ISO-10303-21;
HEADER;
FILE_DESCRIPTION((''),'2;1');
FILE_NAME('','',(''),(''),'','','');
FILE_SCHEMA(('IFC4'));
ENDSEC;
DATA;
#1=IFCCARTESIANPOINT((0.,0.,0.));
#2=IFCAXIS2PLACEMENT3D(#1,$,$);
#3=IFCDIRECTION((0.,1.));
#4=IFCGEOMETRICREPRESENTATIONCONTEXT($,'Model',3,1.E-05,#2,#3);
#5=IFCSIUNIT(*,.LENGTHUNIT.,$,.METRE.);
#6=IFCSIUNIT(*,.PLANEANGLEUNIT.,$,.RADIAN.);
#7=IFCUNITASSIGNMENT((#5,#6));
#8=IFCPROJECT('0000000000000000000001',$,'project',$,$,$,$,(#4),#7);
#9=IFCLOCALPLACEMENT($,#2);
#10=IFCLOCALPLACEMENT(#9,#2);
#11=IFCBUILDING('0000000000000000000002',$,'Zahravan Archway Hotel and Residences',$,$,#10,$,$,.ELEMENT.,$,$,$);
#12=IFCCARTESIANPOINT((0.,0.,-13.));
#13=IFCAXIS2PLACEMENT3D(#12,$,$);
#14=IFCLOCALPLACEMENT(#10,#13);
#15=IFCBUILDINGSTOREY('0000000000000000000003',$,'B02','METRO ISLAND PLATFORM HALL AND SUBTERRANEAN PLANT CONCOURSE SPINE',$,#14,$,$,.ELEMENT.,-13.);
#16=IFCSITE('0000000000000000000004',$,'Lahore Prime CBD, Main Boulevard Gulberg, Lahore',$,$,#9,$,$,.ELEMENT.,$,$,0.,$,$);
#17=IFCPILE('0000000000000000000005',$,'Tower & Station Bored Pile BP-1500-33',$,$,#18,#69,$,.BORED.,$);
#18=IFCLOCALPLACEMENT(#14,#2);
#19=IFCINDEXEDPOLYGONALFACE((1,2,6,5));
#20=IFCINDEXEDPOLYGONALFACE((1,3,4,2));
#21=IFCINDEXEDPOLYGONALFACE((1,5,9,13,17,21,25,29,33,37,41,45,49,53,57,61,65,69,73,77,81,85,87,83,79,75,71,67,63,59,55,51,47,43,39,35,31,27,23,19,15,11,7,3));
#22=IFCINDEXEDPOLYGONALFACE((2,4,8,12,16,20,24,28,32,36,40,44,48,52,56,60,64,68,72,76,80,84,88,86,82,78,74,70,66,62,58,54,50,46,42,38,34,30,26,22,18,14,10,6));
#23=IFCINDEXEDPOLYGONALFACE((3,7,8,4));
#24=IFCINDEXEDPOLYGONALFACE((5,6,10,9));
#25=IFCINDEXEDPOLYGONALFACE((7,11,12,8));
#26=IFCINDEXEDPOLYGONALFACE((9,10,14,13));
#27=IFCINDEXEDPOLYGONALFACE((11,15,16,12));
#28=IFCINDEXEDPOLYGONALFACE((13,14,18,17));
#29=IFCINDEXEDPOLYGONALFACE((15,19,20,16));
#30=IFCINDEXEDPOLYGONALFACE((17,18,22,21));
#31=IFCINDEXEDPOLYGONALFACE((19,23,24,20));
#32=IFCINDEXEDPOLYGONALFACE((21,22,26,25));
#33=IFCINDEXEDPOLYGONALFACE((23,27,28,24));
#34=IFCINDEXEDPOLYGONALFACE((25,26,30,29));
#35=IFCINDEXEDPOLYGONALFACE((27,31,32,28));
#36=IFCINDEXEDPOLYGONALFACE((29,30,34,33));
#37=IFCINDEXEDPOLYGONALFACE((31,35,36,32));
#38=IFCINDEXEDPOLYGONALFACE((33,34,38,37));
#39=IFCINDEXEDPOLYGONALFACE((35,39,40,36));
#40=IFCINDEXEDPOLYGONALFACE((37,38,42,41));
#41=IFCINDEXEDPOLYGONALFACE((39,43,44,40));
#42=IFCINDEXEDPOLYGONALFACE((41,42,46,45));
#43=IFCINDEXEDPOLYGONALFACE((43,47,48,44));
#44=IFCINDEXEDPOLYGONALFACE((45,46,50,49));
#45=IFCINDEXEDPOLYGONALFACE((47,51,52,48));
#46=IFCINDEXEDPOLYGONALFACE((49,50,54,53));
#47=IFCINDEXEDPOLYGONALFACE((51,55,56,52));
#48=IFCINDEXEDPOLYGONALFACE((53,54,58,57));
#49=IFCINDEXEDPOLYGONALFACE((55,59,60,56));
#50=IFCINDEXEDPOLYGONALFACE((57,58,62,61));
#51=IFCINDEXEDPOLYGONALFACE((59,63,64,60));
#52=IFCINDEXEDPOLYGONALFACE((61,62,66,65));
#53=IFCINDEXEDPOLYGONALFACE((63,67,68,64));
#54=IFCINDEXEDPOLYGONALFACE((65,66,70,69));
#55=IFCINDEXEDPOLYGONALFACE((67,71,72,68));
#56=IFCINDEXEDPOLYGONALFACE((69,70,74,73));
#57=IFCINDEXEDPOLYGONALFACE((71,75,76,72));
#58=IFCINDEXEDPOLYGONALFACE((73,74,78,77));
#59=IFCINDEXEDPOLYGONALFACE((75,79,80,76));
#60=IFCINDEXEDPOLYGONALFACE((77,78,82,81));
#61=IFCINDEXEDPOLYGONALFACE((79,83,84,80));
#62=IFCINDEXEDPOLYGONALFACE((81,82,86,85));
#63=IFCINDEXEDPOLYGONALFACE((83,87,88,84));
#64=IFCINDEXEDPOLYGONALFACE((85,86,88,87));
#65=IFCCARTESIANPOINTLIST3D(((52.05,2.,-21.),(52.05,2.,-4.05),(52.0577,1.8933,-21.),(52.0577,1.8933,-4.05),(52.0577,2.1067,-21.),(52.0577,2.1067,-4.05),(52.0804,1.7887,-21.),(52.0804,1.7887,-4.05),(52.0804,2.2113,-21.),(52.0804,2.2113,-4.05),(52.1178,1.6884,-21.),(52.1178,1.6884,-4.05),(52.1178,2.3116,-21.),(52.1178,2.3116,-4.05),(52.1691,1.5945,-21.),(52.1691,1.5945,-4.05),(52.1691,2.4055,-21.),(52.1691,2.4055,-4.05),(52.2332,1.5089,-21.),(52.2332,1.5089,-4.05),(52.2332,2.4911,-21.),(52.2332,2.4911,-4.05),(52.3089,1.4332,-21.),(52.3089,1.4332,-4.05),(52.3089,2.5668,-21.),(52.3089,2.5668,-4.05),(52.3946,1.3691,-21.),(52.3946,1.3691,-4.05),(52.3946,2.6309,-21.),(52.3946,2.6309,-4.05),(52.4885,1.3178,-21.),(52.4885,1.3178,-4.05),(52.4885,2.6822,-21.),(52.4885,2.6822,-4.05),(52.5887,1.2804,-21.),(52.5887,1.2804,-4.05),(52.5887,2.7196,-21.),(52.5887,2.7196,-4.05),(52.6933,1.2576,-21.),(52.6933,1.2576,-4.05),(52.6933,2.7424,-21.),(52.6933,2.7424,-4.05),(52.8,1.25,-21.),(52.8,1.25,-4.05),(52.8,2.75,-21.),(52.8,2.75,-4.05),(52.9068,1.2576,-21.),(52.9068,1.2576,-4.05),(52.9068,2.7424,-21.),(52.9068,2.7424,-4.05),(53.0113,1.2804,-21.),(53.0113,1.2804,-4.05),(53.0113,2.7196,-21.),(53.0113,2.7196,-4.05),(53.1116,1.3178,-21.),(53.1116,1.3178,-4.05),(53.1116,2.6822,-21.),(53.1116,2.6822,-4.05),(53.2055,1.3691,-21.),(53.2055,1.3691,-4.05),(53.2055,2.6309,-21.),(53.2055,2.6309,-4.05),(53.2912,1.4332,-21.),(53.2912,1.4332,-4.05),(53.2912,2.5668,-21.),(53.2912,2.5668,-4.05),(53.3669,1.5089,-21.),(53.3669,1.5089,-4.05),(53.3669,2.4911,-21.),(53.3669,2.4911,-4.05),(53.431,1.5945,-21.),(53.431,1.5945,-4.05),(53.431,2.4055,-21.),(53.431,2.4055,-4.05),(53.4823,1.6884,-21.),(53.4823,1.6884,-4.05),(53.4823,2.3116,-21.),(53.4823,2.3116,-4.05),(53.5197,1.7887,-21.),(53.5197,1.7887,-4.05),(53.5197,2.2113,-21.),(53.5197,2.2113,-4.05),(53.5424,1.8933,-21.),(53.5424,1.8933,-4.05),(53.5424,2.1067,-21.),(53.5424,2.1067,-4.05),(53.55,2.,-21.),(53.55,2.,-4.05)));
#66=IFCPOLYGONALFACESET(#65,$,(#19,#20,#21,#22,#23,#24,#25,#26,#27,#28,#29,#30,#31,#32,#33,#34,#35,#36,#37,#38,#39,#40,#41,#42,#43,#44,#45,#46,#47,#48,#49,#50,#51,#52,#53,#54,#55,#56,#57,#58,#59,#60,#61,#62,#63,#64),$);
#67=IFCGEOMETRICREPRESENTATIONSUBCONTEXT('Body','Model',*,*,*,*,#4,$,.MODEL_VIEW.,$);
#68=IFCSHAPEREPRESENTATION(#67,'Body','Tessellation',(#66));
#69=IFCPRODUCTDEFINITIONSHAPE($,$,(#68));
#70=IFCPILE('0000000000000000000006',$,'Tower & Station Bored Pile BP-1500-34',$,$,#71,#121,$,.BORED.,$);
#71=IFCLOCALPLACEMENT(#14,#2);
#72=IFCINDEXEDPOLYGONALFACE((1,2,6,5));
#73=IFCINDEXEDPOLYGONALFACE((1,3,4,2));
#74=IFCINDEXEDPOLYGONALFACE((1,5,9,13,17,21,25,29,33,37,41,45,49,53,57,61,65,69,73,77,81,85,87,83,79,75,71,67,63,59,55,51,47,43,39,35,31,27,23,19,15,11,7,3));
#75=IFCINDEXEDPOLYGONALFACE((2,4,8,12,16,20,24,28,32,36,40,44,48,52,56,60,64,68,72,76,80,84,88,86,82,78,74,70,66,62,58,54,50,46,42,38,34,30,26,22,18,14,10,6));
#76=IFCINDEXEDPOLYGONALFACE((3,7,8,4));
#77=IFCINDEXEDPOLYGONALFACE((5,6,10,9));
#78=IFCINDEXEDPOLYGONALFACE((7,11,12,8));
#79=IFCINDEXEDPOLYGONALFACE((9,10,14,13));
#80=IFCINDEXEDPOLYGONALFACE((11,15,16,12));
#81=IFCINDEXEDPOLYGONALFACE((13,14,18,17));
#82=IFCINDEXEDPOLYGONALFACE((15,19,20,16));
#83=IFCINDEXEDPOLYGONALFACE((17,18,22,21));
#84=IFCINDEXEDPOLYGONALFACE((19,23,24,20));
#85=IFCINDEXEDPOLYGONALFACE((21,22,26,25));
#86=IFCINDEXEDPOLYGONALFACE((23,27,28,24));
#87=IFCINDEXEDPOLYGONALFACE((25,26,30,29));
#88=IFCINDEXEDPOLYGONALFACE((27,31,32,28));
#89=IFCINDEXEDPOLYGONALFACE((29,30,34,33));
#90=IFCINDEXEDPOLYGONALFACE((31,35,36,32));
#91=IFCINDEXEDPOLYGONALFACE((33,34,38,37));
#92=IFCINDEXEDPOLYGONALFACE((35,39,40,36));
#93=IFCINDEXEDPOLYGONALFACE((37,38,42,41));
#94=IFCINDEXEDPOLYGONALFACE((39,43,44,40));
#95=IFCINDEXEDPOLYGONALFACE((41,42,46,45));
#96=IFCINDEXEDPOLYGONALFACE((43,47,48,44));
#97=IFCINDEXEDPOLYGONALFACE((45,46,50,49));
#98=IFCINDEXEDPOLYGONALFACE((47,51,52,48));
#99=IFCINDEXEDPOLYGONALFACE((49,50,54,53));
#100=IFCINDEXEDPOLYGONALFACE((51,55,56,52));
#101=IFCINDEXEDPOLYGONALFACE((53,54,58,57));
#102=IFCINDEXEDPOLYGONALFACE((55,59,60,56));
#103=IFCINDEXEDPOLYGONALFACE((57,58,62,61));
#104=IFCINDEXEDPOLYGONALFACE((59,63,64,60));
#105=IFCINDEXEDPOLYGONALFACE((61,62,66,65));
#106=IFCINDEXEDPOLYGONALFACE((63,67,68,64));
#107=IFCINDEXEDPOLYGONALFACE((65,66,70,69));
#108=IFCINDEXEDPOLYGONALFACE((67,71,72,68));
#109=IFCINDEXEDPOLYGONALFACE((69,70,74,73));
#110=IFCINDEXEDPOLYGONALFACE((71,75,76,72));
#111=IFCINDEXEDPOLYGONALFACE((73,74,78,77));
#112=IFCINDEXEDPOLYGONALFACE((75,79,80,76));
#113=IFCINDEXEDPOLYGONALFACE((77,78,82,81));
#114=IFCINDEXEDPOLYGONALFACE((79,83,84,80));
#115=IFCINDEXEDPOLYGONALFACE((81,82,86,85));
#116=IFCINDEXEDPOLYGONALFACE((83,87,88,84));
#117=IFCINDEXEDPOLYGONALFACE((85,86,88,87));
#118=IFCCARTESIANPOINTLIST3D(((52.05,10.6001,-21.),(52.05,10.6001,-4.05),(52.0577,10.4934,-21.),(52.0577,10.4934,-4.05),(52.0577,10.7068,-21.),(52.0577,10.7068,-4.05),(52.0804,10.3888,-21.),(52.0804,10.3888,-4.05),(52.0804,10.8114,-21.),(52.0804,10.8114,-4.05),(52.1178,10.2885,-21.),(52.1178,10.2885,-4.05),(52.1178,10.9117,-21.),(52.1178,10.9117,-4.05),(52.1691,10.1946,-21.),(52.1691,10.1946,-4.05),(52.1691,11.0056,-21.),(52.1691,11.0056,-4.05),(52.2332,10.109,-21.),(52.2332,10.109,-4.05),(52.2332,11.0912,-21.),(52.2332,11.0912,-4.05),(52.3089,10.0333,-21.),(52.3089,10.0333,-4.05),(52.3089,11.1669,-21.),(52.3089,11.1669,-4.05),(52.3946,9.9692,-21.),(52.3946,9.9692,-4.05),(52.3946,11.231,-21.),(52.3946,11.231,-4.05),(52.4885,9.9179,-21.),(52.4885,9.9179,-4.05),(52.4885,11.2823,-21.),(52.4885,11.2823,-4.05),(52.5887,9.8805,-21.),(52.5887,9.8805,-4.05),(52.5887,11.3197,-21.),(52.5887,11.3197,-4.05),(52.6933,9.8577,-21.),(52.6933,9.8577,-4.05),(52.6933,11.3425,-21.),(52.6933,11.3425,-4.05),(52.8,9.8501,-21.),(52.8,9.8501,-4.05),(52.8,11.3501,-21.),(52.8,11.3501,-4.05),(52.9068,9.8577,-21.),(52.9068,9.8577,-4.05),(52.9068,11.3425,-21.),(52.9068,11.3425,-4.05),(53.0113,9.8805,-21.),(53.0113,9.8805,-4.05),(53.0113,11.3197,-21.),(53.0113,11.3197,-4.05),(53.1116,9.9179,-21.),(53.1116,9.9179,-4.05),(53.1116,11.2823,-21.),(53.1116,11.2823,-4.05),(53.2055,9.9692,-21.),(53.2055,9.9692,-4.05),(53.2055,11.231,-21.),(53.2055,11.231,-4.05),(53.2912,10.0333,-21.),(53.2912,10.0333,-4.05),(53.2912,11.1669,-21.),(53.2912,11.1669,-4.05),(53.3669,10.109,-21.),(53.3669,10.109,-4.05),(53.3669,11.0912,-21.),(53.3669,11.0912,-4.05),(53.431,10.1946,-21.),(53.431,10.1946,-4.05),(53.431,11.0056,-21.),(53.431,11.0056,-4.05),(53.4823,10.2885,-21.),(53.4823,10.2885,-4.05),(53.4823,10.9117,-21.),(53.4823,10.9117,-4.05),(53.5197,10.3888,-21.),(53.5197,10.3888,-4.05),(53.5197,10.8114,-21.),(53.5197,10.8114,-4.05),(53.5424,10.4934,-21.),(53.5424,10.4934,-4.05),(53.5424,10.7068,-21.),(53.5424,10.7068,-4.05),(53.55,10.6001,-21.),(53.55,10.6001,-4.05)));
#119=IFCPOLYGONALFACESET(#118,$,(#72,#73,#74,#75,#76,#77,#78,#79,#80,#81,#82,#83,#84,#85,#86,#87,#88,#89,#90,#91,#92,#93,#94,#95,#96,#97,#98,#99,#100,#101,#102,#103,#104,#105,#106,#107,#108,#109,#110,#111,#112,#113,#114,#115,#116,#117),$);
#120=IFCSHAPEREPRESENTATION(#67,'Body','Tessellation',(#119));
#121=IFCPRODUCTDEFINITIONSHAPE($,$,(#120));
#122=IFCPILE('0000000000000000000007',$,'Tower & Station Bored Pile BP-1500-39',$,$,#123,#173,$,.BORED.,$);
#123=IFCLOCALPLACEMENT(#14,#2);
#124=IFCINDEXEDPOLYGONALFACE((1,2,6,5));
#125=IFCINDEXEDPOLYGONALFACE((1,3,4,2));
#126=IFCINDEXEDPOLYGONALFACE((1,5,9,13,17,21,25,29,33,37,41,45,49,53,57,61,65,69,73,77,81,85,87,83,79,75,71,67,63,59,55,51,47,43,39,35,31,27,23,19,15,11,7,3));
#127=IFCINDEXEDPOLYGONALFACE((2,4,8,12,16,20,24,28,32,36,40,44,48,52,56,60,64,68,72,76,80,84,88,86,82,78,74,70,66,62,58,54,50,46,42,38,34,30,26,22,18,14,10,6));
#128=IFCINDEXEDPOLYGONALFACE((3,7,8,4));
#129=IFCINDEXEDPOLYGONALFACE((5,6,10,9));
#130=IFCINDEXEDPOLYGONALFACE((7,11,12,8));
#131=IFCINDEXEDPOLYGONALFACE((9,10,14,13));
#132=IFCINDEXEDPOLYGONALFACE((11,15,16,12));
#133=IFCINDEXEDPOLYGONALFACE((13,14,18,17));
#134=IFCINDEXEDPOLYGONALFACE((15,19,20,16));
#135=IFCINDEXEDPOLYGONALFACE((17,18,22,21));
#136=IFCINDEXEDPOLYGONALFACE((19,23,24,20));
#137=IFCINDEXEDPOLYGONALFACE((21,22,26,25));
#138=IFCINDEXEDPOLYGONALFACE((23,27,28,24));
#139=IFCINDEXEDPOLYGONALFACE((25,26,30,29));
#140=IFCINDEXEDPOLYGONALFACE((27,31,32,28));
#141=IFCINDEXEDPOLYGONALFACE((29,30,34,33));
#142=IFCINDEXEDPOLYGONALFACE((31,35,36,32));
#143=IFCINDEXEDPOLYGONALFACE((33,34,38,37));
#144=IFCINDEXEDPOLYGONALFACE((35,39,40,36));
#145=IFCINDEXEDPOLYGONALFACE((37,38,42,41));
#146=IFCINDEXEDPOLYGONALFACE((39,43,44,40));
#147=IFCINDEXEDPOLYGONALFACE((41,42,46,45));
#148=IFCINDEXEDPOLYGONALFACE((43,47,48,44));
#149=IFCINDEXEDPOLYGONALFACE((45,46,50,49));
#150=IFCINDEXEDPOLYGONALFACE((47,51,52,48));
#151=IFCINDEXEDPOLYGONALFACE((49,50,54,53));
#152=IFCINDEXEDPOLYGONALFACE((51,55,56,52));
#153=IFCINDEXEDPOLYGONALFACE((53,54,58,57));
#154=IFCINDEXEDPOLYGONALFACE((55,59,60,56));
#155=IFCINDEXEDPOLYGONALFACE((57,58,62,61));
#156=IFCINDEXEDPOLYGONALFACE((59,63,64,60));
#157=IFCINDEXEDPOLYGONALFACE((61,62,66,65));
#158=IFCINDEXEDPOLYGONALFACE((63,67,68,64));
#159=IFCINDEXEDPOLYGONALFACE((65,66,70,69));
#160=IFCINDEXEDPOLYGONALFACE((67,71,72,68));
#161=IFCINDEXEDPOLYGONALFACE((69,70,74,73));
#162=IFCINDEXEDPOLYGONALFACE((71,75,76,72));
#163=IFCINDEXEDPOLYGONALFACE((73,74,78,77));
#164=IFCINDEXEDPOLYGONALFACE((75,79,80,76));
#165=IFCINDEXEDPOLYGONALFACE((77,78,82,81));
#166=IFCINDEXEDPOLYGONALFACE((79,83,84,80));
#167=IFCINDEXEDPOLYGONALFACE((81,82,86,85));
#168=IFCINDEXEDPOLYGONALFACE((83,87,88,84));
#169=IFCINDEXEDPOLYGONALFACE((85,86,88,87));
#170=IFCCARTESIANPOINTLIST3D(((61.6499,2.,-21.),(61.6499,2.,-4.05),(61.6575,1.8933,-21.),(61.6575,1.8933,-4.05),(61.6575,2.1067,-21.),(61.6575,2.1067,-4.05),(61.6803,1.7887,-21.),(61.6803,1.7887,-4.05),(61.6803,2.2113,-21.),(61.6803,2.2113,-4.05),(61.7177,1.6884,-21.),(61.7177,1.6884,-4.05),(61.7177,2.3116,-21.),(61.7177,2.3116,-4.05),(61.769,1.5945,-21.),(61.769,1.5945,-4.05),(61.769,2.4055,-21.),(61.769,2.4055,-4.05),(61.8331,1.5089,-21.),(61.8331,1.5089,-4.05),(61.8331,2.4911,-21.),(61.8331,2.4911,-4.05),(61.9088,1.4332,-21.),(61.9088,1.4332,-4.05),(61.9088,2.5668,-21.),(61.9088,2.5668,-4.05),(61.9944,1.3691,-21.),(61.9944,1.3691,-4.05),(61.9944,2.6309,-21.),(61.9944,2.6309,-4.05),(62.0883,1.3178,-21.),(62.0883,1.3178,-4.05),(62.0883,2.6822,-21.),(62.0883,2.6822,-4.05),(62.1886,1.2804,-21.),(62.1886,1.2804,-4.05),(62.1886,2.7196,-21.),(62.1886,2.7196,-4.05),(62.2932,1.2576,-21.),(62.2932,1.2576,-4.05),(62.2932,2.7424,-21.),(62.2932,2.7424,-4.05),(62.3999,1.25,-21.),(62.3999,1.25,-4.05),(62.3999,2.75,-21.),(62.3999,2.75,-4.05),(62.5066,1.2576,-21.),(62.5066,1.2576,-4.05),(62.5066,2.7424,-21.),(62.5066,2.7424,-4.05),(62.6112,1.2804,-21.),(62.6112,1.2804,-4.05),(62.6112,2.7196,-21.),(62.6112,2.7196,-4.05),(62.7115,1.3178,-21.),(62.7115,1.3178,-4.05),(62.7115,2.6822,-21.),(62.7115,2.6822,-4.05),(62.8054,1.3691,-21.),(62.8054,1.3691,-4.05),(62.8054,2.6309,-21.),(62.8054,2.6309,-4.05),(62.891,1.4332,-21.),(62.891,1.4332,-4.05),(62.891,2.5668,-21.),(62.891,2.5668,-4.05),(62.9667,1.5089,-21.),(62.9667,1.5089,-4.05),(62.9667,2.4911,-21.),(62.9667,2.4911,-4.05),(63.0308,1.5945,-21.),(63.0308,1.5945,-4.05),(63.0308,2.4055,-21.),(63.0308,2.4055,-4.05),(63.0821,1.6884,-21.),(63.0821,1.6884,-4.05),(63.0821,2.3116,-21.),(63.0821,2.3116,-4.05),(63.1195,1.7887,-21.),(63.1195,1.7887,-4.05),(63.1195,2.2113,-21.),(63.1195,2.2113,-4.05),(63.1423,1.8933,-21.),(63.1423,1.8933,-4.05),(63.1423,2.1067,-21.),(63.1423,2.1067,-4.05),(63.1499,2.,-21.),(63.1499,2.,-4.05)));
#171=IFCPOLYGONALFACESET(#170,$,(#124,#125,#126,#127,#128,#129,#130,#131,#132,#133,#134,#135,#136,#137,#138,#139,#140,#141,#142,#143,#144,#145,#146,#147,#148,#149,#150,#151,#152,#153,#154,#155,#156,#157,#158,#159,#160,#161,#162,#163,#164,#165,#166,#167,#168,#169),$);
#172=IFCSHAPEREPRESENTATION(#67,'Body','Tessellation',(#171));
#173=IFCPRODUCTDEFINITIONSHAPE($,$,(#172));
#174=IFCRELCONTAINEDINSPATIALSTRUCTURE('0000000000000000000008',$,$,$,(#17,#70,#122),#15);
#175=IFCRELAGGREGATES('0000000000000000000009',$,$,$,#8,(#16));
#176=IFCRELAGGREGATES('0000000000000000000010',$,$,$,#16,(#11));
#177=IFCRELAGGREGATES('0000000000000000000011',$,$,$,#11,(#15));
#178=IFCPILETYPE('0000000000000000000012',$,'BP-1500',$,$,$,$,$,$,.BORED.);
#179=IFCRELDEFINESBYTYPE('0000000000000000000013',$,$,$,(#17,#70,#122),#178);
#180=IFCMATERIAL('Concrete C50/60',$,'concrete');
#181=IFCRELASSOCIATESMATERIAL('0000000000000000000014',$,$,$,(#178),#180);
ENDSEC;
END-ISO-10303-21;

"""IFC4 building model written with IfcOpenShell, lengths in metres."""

from ifc_helpers import new_model, si_unit, direction, frame, origin, origin_2d, place, context, subcontext, project, spatial, circle, extrude, source, transform, mapped, material, material_profile, profile_set, type_object, type_shapes, element, save


model = new_model("IFC4")

# Units and contexts
model_context = context("Model", 3, precision=1e-05, world=origin(), true_north=direction((0.0, 1.0)))
body_context = subcontext(model_context, "Body", "Model", "MODEL_VIEW")
ifc_project = project(units=[si_unit("LENGTHUNIT", "METRE"), si_unit("PLANEANGLEUNIT", "RADIAN")], contexts=[model_context])

# Site, building, storey
site_placement = place(None, origin())
site = spatial("IfcSite", under=ifc_project, at=site_placement, Name="Lahore Prime CBD, Main Boulevard Gulberg, Lahore", CompositionType="ELEMENT", RefElevation=0.0)
building_placement = place(site_placement, origin())
building = spatial("IfcBuilding", under=site, at=building_placement, Name="Zahravan Archway Hotel and Residences", CompositionType="ELEMENT")
storey_placement = place(building_placement, frame((0.0, 0.0, -13.0)))
storey = spatial("IfcBuildingStorey", under=building, at=storey_placement, Name="B02", Description="METRO ISLAND PLATFORM HALL AND SUBTERRANEAN PLANT CONCOURSE SPINE", CompositionType="ELEMENT", Elevation=-13.0)

# Piles
ifc_material_1 = material(Name="Concrete C50/60", Category="concrete")
ifc_material_profile_1 = material_profile(ifc_material_1, circle(Radius=0.75, at=origin_2d()), Name="PILE D1500", Category="concrete")
ifc_profile_set_1 = profile_set([ifc_material_profile_1], Name="Concrete C50/60")
pile_type = type_object("IfcPileType", Name="BP-1500", PredefinedType="BORED", material=ifc_profile_set_1)
shared_shape_1 = source(origin(), body_context, "Body", "SweptSolid", [
    extrude(circle(Radius=0.75, at=origin_2d()), origin(), (0.0, 0.0, 1.0), 16.95),
])
type_shapes(pile_type, [shared_shape_1])
for number, where, z_axis, x_axis, name in (
    (1, (52.8, 2.0, -4.05), (0.0, 0.0, -1.0), (1.0, 0.0, 0.0), "Tower & Station Bored Pile BP-1500-33"),
    (2, (52.8, 10.6001, -4.05), (0.0, 0.0, -1.0), (1.0, 0.0, 0.0), "Tower & Station Bored Pile BP-1500-34"),
    (3, (62.3999, 2.0, -4.05), (0.0, 0.0, -1.0), (1.0, 0.0, 0.0), "Tower & Station Bored Pile BP-1500-39"),
):
    element("IfcPile", number, at=place(storey_placement, frame(where, z_axis=z_axis, x_axis=x_axis)), inside=storey, type_object=pile_type, Name=name, PredefinedType="BORED", context=body_context, shape_type="MappedRepresentation", body=[
        mapped(shared_shape_1, transform((0.0, 0.0, 0.0), scale=1.0)),
    ])

save(model, "model.ifc")
